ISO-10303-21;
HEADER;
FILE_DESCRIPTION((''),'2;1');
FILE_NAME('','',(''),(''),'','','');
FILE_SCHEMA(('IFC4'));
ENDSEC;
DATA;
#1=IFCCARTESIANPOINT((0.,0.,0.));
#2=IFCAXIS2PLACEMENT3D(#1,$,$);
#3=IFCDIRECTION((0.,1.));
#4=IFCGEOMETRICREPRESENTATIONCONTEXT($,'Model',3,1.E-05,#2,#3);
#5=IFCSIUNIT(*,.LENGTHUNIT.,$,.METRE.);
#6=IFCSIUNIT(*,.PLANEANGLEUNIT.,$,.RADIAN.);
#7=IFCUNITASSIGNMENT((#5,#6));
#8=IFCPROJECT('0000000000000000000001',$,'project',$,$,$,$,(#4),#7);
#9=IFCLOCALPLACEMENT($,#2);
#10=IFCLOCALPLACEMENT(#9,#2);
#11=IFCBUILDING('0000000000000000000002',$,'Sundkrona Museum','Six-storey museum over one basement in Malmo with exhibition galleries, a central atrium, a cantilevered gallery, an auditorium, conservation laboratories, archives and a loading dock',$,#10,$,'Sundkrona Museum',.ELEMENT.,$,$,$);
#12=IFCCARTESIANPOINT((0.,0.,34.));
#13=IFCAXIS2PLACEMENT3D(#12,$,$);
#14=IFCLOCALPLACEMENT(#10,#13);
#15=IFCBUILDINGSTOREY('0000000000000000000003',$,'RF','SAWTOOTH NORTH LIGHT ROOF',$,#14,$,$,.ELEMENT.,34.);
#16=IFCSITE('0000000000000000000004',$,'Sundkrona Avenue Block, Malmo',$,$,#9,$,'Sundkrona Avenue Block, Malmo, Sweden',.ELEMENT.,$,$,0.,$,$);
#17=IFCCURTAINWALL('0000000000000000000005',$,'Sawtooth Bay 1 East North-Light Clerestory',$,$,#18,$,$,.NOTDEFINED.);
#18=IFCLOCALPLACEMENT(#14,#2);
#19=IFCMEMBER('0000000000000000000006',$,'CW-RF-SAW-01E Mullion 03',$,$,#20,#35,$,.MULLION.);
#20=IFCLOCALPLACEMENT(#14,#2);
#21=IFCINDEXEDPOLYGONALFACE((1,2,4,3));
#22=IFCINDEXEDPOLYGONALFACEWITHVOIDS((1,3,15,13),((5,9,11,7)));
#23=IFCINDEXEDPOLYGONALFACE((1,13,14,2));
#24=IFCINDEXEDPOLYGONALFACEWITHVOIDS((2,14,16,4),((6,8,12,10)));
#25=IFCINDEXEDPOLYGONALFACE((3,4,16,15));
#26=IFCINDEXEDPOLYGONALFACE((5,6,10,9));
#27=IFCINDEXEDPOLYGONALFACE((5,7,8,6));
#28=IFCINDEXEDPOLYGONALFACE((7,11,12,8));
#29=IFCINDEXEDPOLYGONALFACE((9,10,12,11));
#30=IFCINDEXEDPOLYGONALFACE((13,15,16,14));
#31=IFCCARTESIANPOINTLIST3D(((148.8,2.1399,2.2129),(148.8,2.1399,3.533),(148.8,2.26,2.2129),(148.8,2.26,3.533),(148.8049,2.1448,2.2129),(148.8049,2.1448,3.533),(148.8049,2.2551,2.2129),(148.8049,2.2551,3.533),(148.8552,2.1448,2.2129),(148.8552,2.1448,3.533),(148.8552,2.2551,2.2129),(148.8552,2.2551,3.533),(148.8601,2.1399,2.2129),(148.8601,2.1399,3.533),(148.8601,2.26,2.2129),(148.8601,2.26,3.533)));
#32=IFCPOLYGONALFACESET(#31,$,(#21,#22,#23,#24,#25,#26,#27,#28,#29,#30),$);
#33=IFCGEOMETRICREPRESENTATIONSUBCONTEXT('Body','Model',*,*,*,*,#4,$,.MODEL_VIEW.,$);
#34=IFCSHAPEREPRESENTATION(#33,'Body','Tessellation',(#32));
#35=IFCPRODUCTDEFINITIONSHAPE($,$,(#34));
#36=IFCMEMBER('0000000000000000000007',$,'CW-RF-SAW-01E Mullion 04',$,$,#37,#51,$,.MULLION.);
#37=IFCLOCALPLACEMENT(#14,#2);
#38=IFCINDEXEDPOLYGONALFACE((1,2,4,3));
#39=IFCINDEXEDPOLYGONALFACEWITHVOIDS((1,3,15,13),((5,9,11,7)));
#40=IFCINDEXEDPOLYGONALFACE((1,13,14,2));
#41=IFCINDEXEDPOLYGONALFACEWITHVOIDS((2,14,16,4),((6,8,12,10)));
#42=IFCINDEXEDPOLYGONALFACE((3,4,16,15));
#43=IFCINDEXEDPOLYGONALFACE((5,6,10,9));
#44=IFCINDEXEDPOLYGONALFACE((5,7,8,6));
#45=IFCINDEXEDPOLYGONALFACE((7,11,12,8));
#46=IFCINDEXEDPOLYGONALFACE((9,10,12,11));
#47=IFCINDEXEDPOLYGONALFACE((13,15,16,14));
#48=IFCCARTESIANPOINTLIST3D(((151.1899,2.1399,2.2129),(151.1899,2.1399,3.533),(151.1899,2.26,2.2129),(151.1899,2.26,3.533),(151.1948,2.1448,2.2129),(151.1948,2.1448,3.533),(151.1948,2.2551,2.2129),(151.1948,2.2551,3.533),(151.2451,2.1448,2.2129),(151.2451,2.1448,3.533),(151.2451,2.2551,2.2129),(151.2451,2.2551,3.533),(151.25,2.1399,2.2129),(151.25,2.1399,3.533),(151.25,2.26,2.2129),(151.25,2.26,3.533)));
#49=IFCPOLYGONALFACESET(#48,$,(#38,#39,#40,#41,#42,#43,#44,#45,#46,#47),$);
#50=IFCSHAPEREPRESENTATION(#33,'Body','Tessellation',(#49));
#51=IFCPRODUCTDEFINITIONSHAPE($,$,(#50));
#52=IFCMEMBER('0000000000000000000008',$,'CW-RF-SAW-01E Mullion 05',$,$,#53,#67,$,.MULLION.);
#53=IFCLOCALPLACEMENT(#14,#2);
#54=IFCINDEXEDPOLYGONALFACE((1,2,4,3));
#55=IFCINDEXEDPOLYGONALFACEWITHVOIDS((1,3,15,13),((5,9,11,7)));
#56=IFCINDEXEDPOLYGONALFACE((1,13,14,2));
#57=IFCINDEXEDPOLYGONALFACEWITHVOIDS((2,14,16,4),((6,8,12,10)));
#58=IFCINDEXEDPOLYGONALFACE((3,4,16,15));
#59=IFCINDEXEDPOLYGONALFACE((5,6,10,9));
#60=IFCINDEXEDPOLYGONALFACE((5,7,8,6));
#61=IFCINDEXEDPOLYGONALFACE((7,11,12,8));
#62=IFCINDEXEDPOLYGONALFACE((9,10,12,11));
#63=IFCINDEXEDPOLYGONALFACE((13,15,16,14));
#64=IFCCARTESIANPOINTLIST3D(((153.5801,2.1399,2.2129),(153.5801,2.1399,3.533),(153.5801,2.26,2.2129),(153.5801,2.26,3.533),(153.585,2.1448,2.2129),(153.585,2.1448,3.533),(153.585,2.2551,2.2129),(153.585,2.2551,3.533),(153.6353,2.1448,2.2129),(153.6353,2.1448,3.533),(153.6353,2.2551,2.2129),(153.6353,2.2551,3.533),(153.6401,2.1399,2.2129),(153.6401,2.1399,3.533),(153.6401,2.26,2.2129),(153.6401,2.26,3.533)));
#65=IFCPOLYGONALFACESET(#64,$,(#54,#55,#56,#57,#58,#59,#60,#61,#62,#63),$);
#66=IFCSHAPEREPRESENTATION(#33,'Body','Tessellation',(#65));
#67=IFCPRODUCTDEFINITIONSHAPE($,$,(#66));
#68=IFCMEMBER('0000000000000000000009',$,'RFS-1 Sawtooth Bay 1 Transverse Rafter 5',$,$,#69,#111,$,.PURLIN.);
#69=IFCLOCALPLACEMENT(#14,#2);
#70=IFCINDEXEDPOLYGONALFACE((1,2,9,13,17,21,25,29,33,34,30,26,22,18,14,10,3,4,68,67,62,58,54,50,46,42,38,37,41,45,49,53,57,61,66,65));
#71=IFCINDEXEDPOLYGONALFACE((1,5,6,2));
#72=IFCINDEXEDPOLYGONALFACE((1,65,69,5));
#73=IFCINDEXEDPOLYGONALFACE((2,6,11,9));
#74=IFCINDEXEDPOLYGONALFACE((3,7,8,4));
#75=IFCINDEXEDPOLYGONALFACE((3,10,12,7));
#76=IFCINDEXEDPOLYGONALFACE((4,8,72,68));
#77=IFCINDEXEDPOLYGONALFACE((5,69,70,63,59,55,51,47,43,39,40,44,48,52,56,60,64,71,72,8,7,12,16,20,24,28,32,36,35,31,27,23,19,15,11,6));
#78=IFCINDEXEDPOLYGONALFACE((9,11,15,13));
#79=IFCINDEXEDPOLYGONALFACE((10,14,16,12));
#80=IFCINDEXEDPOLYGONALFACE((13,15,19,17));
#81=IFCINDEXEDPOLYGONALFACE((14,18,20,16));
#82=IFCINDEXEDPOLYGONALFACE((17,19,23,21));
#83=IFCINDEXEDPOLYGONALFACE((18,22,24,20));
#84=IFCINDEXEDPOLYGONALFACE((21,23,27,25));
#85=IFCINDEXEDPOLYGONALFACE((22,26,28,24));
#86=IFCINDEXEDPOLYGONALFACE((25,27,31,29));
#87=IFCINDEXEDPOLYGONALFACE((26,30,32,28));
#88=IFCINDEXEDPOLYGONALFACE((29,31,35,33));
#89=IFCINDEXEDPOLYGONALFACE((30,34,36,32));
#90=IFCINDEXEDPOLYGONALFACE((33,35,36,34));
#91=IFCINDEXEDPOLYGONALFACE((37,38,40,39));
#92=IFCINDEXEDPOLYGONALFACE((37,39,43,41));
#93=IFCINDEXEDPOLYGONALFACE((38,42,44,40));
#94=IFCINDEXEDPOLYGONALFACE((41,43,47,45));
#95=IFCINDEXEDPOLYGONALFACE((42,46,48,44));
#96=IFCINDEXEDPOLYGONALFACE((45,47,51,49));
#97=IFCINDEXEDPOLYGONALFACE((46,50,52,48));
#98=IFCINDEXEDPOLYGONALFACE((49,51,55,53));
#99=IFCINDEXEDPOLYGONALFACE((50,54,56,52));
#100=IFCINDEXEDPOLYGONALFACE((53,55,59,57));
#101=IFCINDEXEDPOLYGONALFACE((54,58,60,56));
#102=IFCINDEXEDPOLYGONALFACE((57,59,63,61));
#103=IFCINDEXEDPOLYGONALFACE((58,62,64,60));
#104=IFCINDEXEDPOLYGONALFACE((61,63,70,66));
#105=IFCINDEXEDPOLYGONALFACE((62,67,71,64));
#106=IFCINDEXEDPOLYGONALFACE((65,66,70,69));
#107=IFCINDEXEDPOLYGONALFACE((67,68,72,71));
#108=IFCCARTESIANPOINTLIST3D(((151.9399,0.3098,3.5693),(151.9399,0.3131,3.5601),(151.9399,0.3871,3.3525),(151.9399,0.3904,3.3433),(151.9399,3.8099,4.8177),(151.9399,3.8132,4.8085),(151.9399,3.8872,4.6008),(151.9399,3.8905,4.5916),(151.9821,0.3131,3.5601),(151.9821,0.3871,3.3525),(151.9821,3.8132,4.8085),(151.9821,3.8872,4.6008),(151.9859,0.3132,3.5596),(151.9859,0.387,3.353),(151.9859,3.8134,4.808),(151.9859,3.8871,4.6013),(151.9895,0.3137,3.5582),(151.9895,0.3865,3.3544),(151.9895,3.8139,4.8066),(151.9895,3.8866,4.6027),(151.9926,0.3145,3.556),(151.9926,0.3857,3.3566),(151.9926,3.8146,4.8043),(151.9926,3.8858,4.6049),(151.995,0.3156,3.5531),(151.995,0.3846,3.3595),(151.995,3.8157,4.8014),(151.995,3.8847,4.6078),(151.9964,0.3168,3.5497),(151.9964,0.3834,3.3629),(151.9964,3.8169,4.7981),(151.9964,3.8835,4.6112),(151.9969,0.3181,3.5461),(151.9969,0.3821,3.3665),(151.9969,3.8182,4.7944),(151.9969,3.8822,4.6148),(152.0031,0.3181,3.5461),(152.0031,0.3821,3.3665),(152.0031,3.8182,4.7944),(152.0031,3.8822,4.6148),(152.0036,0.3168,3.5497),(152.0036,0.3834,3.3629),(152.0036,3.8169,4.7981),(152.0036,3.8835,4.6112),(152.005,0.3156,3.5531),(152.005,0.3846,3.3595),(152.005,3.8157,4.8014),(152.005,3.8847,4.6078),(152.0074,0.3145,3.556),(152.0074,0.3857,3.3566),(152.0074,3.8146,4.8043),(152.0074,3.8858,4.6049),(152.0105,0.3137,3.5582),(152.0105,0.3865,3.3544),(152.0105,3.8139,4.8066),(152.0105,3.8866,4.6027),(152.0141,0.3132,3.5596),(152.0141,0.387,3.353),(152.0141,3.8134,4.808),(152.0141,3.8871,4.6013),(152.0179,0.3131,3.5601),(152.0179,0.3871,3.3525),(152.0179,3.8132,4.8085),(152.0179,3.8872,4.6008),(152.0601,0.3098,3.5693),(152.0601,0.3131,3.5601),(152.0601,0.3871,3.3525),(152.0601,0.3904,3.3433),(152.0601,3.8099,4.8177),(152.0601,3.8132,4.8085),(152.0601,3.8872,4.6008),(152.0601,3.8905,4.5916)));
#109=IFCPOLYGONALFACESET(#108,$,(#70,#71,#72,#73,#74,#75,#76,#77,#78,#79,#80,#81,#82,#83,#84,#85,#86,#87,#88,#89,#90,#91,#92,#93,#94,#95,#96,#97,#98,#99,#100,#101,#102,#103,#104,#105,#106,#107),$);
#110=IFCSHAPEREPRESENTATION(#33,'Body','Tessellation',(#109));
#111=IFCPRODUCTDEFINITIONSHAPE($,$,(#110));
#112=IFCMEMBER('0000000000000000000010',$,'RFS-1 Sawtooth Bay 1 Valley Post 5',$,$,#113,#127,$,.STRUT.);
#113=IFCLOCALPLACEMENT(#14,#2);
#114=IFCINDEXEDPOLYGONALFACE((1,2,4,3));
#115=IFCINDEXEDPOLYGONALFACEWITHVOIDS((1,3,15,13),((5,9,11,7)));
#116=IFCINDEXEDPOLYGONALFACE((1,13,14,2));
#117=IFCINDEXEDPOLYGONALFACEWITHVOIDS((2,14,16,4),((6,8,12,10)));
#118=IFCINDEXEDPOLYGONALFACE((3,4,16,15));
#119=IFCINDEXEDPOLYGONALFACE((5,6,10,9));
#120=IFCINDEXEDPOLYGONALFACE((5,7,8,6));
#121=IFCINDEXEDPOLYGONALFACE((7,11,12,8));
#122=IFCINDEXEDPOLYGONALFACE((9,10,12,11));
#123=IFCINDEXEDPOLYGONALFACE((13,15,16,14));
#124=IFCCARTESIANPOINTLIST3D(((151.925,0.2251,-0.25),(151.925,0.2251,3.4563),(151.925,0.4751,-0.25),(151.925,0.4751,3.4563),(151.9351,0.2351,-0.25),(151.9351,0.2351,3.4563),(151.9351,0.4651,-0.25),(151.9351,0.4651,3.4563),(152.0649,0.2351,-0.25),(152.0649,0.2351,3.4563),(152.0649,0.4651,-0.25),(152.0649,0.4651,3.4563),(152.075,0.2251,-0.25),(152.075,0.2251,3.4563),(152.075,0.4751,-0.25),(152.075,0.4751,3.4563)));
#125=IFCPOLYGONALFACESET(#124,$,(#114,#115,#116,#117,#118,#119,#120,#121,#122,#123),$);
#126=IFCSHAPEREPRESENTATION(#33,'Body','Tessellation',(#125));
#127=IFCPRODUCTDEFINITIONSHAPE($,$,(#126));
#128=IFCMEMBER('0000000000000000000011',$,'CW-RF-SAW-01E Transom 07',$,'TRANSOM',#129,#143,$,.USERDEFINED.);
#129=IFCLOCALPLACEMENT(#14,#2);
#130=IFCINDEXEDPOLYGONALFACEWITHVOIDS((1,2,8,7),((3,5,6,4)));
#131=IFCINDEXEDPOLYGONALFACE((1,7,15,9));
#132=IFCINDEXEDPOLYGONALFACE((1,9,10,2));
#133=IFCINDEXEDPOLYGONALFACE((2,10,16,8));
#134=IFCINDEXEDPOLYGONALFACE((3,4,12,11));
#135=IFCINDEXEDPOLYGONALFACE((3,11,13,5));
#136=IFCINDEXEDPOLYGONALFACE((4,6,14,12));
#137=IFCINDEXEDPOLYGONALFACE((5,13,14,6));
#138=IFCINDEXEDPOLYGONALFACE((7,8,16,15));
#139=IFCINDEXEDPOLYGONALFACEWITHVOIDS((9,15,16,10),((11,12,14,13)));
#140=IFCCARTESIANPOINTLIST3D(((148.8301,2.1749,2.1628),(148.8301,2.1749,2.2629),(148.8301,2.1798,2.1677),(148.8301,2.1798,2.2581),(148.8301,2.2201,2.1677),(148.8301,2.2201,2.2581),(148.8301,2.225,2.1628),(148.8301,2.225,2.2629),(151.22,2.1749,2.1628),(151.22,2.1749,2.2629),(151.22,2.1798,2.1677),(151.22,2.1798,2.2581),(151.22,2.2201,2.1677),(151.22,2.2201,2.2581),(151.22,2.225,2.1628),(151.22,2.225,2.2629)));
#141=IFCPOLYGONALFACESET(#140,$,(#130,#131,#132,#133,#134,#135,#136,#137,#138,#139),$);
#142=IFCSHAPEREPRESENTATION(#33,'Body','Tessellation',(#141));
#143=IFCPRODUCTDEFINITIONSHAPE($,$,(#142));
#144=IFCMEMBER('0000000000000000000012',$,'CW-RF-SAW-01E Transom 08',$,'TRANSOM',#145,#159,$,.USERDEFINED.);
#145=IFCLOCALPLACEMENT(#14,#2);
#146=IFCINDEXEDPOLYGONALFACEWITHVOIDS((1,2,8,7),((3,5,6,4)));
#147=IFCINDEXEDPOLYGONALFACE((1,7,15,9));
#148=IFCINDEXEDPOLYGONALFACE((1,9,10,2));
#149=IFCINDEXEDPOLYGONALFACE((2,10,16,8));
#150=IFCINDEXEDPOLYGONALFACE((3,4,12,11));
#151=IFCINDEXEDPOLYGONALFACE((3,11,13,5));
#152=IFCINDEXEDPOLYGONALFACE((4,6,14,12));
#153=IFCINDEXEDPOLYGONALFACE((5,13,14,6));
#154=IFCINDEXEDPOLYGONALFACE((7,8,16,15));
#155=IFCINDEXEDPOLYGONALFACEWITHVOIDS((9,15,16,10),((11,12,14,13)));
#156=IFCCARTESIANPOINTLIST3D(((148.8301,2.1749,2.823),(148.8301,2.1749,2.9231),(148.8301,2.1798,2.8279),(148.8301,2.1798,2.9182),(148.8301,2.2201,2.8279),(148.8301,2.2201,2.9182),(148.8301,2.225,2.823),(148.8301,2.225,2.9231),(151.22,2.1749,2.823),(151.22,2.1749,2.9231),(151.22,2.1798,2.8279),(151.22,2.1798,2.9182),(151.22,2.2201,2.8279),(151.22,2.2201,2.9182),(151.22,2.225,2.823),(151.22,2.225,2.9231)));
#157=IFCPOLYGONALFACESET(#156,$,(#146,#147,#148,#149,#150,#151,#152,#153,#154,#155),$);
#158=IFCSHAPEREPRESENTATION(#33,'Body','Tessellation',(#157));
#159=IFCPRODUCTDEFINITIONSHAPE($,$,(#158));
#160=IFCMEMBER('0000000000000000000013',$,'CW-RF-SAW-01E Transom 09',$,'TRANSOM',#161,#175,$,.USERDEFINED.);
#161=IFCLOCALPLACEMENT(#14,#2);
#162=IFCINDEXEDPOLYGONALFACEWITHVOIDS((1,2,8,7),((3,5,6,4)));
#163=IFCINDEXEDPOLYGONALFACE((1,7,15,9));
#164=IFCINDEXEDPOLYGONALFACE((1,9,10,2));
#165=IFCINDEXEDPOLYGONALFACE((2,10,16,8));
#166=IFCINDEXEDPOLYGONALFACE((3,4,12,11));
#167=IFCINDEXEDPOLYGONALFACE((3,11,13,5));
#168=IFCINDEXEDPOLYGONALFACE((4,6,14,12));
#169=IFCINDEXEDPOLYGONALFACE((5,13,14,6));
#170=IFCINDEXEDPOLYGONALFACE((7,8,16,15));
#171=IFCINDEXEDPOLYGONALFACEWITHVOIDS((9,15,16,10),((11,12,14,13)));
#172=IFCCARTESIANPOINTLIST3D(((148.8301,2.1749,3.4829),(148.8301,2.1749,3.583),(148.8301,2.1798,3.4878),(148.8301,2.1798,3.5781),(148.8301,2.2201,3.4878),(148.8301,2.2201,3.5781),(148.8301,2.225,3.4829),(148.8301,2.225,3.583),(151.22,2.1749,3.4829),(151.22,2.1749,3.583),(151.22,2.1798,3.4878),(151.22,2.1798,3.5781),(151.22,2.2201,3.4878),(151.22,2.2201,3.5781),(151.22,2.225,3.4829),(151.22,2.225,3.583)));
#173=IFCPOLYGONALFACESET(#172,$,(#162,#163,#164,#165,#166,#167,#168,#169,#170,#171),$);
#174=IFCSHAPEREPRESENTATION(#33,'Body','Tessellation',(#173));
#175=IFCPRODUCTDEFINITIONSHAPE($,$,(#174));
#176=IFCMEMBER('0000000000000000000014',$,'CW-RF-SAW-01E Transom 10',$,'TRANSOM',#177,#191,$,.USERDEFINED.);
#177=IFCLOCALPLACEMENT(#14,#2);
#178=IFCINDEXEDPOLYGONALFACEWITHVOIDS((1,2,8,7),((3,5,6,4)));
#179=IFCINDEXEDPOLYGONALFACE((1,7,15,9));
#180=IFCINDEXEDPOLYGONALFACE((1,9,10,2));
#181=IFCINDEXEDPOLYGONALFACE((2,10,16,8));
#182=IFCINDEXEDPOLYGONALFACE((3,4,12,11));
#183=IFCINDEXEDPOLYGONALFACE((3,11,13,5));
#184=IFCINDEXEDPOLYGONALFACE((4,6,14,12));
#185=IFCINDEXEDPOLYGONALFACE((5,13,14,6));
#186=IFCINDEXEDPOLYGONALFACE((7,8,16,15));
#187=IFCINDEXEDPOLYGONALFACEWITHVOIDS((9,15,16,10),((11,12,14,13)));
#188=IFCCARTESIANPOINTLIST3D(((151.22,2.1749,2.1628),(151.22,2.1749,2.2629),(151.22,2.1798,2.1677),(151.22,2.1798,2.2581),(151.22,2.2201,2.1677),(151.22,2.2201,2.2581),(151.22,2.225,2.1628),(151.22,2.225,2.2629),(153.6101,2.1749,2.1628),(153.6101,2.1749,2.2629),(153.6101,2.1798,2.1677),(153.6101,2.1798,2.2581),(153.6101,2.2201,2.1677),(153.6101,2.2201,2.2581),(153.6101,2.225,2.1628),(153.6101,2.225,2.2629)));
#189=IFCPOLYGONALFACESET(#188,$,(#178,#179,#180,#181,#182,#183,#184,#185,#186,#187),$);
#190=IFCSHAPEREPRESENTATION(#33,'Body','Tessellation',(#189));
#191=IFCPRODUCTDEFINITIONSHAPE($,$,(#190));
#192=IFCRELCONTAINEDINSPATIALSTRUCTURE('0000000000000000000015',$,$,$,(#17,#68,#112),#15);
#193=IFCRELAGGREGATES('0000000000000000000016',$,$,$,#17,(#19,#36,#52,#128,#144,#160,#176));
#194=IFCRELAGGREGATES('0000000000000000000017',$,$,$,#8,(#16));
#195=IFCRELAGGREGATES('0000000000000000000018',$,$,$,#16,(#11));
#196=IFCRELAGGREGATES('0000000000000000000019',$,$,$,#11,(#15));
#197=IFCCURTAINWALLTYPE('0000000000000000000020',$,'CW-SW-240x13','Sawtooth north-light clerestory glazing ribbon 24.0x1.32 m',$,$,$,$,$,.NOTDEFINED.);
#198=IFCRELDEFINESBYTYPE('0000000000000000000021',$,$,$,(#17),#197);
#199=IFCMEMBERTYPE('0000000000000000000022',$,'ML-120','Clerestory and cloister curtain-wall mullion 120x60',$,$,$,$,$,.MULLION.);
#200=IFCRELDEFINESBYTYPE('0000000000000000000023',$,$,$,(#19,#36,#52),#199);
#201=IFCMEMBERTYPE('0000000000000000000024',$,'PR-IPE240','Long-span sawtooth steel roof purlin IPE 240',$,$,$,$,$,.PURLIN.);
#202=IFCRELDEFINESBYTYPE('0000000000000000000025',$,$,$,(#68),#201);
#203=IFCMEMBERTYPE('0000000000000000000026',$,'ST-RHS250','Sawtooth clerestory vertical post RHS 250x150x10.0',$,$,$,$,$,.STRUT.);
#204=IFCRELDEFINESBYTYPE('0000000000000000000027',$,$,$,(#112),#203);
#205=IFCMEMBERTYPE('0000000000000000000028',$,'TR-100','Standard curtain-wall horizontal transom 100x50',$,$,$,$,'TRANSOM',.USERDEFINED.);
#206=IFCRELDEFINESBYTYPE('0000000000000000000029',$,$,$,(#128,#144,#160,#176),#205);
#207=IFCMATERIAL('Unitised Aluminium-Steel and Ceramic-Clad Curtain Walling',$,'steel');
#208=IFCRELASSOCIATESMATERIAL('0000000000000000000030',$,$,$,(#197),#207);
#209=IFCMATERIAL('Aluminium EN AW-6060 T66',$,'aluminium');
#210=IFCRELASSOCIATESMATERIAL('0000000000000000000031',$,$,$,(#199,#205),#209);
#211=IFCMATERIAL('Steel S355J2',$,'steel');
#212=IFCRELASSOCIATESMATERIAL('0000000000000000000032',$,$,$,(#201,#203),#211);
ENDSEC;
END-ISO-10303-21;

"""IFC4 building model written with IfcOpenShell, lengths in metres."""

from ifc_helpers import new_model, si_unit, direction, frame, origin, origin_2d, place, context, subcontext, project, spatial, hollow_rectangle, i_section, extrude, material, material_profile, profile_set, type_object, element, aggregate, save


model = new_model("IFC4")

# Units and contexts
model_context = context("Model", 3, precision=1e-05, world=origin(), true_north=direction((0.0, 1.0)))
body_context = subcontext(model_context, "Body", "Model", "MODEL_VIEW")
ifc_project = project(units=[si_unit("LENGTHUNIT", "METRE"), si_unit("PLANEANGLEUNIT", "RADIAN")], contexts=[model_context])

# Site, building, storey
site_placement = place(None, origin())
site = spatial("IfcSite", under=ifc_project, at=site_placement, Name="Sundkrona Avenue Block, Malmo", LongName="Sundkrona Avenue Block, Malmo, Sweden", CompositionType="ELEMENT", RefElevation=0.0)
building_placement = place(site_placement, origin())
building = spatial("IfcBuilding", under=site, at=building_placement, Name="Sundkrona Museum", Description="Six-storey museum over one basement in Malmo with exhibition galleries, a central atrium, a cantilevered gallery, an auditorium, conservation laboratories, archives and a loading dock", LongName="Sundkrona Museum", CompositionType="ELEMENT")
storey_placement = place(building_placement, frame((0.0, 0.0, 34.0)))
storey = spatial("IfcBuildingStorey", under=building, at=storey_placement, Name="RF", Description="SAWTOOTH NORTH LIGHT ROOF", CompositionType="ELEMENT", Elevation=34.0)

# Curtain wall, members
ifc_material_1 = material(Name="Unitised Aluminium-Steel and Ceramic-Clad Curtain Walling", Category="steel")
curtain_wall_type = type_object("IfcCurtainWallType", Name="CW-SW-240x13", Description="Sawtooth north-light clerestory glazing ribbon 24.0x1.32 m", PredefinedType="NOTDEFINED", material=ifc_material_1)
curtain_wall_placement = place(storey_placement, origin())
curtain_wall = element("IfcCurtainWall", 1, at=curtain_wall_placement, inside=storey, type_object=curtain_wall_type, Name="Sawtooth Bay 1 East North-Light Clerestory", PredefinedType="NOTDEFINED")
ifc_material_2 = material(Name="Aluminium EN AW-6060 T66", Category="aluminium")
ifc_material_profile_1 = material_profile(ifc_material_2, hollow_rectangle(XDim=0.0601, YDim=0.1201, WallThickness=0.0049, at=origin_2d()), Name="RHS 120x60x5.0")
ifc_profile_set_1 = profile_set([ifc_material_profile_1], Name="Aluminium EN AW-6060 T66")
member_type_1 = type_object("IfcMemberType", Name="ML-120", Description="Clerestory and cloister curtain-wall mullion 120x60", PredefinedType="MULLION", material=ifc_profile_set_1)
member_1_placement = place(storey_placement, frame((148.8301, 2.2, 2.2129), z_axis=(0.0, 0.0, 1.0), x_axis=(1.0, 0.0, 0.0)))
member_1 = element("IfcMember", 2, at=member_1_placement, type_object=member_type_1, Name="CW-RF-SAW-01E Mullion 03", PredefinedType="MULLION", context=body_context, shape_type="SweptSolid", body=[
    extrude(hollow_rectangle(XDim=0.0601, YDim=0.1201, WallThickness=0.0049, at=origin_2d()), origin(), (0.0, 0.0, 1.0), 1.3201),
])
member_2_placement = place(storey_placement, frame((151.22, 2.2, 2.2129), z_axis=(0.0, 0.0, 1.0), x_axis=(1.0, 0.0, 0.0)))
member_2 = element("IfcMember", 3, at=member_2_placement, type_object=member_type_1, Name="CW-RF-SAW-01E Mullion 04", PredefinedType="MULLION", context=body_context, shape_type="SweptSolid", body=[
    extrude(hollow_rectangle(XDim=0.0601, YDim=0.1201, WallThickness=0.0049, at=origin_2d()), origin(), (0.0, 0.0, 1.0), 1.3201),
])
member_3_placement = place(storey_placement, frame((153.6101, 2.2, 2.2129), z_axis=(0.0, 0.0, 1.0), x_axis=(1.0, 0.0, 0.0)))
member_3 = element("IfcMember", 4, at=member_3_placement, type_object=member_type_1, Name="CW-RF-SAW-01E Mullion 05", PredefinedType="MULLION", context=body_context, shape_type="SweptSolid", body=[
    extrude(hollow_rectangle(XDim=0.0601, YDim=0.1201, WallThickness=0.0049, at=origin_2d()), origin(), (0.0, 0.0, 1.0), 1.3201),
])

# Members
ifc_material_3 = material(Name="Steel S355J2", Category="steel")
ifc_material_profile_2 = material_profile(ifc_material_3, i_section(OverallWidth=0.1201, OverallDepth=0.24, WebThickness=0.0061, FlangeThickness=0.0098, FilletRadius=0.0149, at=origin_2d()), Name="IPE 240")
ifc_profile_set_2 = profile_set([ifc_material_profile_2], Name="Steel S355J2")
member_type_2 = type_object("IfcMemberType", Name="PR-IPE240", Description="Long-span sawtooth steel roof purlin IPE 240", PredefinedType="PURLIN", material=ifc_profile_set_2)
member_4_placement = place(storey_placement, frame((152.0, 0.3501, 3.4563), z_axis=(0.0, 0.941887, 0.335928), x_axis=(-1.0, 0.0, 0.0)))
element("IfcMember", 5, at=member_4_placement, inside=storey, type_object=member_type_2, Name="RFS-1 Sawtooth Bay 1 Transverse Rafter 5", PredefinedType="PURLIN", context=body_context, shape_type="SweptSolid", body=[
    extrude(i_section(OverallWidth=0.1201, OverallDepth=0.24, WebThickness=0.0061, FlangeThickness=0.0098, FilletRadius=0.0149, at=origin_2d()), origin(), (0.0, 0.0, 1.0), 3.7161),
])
ifc_material_profile_3 = material_profile(ifc_material_3, hollow_rectangle(XDim=0.1499, YDim=0.25, WallThickness=0.01, at=origin_2d()), Name="RHS 250x150x10.0")
ifc_profile_set_3 = profile_set([ifc_material_profile_3], Name="Steel S355J2")
member_type_3 = type_object("IfcMemberType", Name="ST-RHS250", Description="Sawtooth clerestory vertical post RHS 250x150x10.0", PredefinedType="STRUT", material=ifc_profile_set_3)
member_5_placement = place(storey_placement, frame((152.0, 0.3501, -0.25), z_axis=(0.0, 0.0, 1.0), x_axis=(1.0, 0.0, 0.0)))
element("IfcMember", 6, at=member_5_placement, inside=storey, type_object=member_type_3, Name="RFS-1 Sawtooth Bay 1 Valley Post 5", PredefinedType="STRUT", context=body_context, shape_type="SweptSolid", body=[
    extrude(hollow_rectangle(XDim=0.1499, YDim=0.25, WallThickness=0.01, at=origin_2d()), origin(), (0.0, 0.0, 1.0), 3.7063),
])

# Members
ifc_material_profile_4 = material_profile(ifc_material_2, hollow_rectangle(XDim=0.05, YDim=0.1001, WallThickness=0.0049, at=origin_2d()), Name="RHS 100x50x5.0")
ifc_profile_set_4 = profile_set([ifc_material_profile_4], Name="Aluminium EN AW-6060 T66")
member_type_4 = type_object("IfcMemberType", Name="TR-100", Description="Standard curtain-wall horizontal transom 100x50", ElementType="TRANSOM", PredefinedType="USERDEFINED", material=ifc_profile_set_4)
member_6_placement = place(storey_placement, frame((148.8301, 2.2, 2.2129), z_axis=(1.0, 0.0, 0.0), x_axis=(0.0, 1.0, 0.0)))
member_6 = element("IfcMember", 7, at=member_6_placement, type_object=member_type_4, Name="CW-RF-SAW-01E Transom 07", ObjectType="TRANSOM", PredefinedType="USERDEFINED", context=body_context, shape_type="SweptSolid", body=[
    extrude(hollow_rectangle(XDim=0.05, YDim=0.1001, WallThickness=0.0049, at=origin_2d()), origin(), (0.0, 0.0, 1.0), 2.3899),
])
member_7_placement = place(storey_placement, frame((148.8301, 2.2, 2.873), z_axis=(1.0, 0.0, 0.0), x_axis=(0.0, 1.0, 0.0)))
member_7 = element("IfcMember", 8, at=member_7_placement, type_object=member_type_4, Name="CW-RF-SAW-01E Transom 08", ObjectType="TRANSOM", PredefinedType="USERDEFINED", context=body_context, shape_type="SweptSolid", body=[
    extrude(hollow_rectangle(XDim=0.05, YDim=0.1001, WallThickness=0.0049, at=origin_2d()), origin(), (0.0, 0.0, 1.0), 2.3899),
])
member_8_placement = place(storey_placement, frame((148.8301, 2.2, 3.533), z_axis=(1.0, 0.0, 0.0), x_axis=(0.0, 1.0, 0.0)))
member_8 = element("IfcMember", 9, at=member_8_placement, type_object=member_type_4, Name="CW-RF-SAW-01E Transom 09", ObjectType="TRANSOM", PredefinedType="USERDEFINED", context=body_context, shape_type="SweptSolid", body=[
    extrude(hollow_rectangle(XDim=0.05, YDim=0.1001, WallThickness=0.0049, at=origin_2d()), origin(), (0.0, 0.0, 1.0), 2.3899),
])
member_9_placement = place(storey_placement, frame((151.22, 2.2, 2.2129), z_axis=(1.0, 0.0, 0.0), x_axis=(0.0, 1.0, 0.0)))
member_9 = element("IfcMember", 10, at=member_9_placement, type_object=member_type_4, Name="CW-RF-SAW-01E Transom 10", ObjectType="TRANSOM", PredefinedType="USERDEFINED", context=body_context, shape_type="SweptSolid", body=[
    extrude(hollow_rectangle(XDim=0.05, YDim=0.1001, WallThickness=0.0049, at=origin_2d()), origin(), (0.0, 0.0, 1.0), 2.3901),
])

aggregate(curtain_wall, [member_1, member_2, member_3, member_6, member_7, member_8, member_9])

save(model, "model.ifc")
